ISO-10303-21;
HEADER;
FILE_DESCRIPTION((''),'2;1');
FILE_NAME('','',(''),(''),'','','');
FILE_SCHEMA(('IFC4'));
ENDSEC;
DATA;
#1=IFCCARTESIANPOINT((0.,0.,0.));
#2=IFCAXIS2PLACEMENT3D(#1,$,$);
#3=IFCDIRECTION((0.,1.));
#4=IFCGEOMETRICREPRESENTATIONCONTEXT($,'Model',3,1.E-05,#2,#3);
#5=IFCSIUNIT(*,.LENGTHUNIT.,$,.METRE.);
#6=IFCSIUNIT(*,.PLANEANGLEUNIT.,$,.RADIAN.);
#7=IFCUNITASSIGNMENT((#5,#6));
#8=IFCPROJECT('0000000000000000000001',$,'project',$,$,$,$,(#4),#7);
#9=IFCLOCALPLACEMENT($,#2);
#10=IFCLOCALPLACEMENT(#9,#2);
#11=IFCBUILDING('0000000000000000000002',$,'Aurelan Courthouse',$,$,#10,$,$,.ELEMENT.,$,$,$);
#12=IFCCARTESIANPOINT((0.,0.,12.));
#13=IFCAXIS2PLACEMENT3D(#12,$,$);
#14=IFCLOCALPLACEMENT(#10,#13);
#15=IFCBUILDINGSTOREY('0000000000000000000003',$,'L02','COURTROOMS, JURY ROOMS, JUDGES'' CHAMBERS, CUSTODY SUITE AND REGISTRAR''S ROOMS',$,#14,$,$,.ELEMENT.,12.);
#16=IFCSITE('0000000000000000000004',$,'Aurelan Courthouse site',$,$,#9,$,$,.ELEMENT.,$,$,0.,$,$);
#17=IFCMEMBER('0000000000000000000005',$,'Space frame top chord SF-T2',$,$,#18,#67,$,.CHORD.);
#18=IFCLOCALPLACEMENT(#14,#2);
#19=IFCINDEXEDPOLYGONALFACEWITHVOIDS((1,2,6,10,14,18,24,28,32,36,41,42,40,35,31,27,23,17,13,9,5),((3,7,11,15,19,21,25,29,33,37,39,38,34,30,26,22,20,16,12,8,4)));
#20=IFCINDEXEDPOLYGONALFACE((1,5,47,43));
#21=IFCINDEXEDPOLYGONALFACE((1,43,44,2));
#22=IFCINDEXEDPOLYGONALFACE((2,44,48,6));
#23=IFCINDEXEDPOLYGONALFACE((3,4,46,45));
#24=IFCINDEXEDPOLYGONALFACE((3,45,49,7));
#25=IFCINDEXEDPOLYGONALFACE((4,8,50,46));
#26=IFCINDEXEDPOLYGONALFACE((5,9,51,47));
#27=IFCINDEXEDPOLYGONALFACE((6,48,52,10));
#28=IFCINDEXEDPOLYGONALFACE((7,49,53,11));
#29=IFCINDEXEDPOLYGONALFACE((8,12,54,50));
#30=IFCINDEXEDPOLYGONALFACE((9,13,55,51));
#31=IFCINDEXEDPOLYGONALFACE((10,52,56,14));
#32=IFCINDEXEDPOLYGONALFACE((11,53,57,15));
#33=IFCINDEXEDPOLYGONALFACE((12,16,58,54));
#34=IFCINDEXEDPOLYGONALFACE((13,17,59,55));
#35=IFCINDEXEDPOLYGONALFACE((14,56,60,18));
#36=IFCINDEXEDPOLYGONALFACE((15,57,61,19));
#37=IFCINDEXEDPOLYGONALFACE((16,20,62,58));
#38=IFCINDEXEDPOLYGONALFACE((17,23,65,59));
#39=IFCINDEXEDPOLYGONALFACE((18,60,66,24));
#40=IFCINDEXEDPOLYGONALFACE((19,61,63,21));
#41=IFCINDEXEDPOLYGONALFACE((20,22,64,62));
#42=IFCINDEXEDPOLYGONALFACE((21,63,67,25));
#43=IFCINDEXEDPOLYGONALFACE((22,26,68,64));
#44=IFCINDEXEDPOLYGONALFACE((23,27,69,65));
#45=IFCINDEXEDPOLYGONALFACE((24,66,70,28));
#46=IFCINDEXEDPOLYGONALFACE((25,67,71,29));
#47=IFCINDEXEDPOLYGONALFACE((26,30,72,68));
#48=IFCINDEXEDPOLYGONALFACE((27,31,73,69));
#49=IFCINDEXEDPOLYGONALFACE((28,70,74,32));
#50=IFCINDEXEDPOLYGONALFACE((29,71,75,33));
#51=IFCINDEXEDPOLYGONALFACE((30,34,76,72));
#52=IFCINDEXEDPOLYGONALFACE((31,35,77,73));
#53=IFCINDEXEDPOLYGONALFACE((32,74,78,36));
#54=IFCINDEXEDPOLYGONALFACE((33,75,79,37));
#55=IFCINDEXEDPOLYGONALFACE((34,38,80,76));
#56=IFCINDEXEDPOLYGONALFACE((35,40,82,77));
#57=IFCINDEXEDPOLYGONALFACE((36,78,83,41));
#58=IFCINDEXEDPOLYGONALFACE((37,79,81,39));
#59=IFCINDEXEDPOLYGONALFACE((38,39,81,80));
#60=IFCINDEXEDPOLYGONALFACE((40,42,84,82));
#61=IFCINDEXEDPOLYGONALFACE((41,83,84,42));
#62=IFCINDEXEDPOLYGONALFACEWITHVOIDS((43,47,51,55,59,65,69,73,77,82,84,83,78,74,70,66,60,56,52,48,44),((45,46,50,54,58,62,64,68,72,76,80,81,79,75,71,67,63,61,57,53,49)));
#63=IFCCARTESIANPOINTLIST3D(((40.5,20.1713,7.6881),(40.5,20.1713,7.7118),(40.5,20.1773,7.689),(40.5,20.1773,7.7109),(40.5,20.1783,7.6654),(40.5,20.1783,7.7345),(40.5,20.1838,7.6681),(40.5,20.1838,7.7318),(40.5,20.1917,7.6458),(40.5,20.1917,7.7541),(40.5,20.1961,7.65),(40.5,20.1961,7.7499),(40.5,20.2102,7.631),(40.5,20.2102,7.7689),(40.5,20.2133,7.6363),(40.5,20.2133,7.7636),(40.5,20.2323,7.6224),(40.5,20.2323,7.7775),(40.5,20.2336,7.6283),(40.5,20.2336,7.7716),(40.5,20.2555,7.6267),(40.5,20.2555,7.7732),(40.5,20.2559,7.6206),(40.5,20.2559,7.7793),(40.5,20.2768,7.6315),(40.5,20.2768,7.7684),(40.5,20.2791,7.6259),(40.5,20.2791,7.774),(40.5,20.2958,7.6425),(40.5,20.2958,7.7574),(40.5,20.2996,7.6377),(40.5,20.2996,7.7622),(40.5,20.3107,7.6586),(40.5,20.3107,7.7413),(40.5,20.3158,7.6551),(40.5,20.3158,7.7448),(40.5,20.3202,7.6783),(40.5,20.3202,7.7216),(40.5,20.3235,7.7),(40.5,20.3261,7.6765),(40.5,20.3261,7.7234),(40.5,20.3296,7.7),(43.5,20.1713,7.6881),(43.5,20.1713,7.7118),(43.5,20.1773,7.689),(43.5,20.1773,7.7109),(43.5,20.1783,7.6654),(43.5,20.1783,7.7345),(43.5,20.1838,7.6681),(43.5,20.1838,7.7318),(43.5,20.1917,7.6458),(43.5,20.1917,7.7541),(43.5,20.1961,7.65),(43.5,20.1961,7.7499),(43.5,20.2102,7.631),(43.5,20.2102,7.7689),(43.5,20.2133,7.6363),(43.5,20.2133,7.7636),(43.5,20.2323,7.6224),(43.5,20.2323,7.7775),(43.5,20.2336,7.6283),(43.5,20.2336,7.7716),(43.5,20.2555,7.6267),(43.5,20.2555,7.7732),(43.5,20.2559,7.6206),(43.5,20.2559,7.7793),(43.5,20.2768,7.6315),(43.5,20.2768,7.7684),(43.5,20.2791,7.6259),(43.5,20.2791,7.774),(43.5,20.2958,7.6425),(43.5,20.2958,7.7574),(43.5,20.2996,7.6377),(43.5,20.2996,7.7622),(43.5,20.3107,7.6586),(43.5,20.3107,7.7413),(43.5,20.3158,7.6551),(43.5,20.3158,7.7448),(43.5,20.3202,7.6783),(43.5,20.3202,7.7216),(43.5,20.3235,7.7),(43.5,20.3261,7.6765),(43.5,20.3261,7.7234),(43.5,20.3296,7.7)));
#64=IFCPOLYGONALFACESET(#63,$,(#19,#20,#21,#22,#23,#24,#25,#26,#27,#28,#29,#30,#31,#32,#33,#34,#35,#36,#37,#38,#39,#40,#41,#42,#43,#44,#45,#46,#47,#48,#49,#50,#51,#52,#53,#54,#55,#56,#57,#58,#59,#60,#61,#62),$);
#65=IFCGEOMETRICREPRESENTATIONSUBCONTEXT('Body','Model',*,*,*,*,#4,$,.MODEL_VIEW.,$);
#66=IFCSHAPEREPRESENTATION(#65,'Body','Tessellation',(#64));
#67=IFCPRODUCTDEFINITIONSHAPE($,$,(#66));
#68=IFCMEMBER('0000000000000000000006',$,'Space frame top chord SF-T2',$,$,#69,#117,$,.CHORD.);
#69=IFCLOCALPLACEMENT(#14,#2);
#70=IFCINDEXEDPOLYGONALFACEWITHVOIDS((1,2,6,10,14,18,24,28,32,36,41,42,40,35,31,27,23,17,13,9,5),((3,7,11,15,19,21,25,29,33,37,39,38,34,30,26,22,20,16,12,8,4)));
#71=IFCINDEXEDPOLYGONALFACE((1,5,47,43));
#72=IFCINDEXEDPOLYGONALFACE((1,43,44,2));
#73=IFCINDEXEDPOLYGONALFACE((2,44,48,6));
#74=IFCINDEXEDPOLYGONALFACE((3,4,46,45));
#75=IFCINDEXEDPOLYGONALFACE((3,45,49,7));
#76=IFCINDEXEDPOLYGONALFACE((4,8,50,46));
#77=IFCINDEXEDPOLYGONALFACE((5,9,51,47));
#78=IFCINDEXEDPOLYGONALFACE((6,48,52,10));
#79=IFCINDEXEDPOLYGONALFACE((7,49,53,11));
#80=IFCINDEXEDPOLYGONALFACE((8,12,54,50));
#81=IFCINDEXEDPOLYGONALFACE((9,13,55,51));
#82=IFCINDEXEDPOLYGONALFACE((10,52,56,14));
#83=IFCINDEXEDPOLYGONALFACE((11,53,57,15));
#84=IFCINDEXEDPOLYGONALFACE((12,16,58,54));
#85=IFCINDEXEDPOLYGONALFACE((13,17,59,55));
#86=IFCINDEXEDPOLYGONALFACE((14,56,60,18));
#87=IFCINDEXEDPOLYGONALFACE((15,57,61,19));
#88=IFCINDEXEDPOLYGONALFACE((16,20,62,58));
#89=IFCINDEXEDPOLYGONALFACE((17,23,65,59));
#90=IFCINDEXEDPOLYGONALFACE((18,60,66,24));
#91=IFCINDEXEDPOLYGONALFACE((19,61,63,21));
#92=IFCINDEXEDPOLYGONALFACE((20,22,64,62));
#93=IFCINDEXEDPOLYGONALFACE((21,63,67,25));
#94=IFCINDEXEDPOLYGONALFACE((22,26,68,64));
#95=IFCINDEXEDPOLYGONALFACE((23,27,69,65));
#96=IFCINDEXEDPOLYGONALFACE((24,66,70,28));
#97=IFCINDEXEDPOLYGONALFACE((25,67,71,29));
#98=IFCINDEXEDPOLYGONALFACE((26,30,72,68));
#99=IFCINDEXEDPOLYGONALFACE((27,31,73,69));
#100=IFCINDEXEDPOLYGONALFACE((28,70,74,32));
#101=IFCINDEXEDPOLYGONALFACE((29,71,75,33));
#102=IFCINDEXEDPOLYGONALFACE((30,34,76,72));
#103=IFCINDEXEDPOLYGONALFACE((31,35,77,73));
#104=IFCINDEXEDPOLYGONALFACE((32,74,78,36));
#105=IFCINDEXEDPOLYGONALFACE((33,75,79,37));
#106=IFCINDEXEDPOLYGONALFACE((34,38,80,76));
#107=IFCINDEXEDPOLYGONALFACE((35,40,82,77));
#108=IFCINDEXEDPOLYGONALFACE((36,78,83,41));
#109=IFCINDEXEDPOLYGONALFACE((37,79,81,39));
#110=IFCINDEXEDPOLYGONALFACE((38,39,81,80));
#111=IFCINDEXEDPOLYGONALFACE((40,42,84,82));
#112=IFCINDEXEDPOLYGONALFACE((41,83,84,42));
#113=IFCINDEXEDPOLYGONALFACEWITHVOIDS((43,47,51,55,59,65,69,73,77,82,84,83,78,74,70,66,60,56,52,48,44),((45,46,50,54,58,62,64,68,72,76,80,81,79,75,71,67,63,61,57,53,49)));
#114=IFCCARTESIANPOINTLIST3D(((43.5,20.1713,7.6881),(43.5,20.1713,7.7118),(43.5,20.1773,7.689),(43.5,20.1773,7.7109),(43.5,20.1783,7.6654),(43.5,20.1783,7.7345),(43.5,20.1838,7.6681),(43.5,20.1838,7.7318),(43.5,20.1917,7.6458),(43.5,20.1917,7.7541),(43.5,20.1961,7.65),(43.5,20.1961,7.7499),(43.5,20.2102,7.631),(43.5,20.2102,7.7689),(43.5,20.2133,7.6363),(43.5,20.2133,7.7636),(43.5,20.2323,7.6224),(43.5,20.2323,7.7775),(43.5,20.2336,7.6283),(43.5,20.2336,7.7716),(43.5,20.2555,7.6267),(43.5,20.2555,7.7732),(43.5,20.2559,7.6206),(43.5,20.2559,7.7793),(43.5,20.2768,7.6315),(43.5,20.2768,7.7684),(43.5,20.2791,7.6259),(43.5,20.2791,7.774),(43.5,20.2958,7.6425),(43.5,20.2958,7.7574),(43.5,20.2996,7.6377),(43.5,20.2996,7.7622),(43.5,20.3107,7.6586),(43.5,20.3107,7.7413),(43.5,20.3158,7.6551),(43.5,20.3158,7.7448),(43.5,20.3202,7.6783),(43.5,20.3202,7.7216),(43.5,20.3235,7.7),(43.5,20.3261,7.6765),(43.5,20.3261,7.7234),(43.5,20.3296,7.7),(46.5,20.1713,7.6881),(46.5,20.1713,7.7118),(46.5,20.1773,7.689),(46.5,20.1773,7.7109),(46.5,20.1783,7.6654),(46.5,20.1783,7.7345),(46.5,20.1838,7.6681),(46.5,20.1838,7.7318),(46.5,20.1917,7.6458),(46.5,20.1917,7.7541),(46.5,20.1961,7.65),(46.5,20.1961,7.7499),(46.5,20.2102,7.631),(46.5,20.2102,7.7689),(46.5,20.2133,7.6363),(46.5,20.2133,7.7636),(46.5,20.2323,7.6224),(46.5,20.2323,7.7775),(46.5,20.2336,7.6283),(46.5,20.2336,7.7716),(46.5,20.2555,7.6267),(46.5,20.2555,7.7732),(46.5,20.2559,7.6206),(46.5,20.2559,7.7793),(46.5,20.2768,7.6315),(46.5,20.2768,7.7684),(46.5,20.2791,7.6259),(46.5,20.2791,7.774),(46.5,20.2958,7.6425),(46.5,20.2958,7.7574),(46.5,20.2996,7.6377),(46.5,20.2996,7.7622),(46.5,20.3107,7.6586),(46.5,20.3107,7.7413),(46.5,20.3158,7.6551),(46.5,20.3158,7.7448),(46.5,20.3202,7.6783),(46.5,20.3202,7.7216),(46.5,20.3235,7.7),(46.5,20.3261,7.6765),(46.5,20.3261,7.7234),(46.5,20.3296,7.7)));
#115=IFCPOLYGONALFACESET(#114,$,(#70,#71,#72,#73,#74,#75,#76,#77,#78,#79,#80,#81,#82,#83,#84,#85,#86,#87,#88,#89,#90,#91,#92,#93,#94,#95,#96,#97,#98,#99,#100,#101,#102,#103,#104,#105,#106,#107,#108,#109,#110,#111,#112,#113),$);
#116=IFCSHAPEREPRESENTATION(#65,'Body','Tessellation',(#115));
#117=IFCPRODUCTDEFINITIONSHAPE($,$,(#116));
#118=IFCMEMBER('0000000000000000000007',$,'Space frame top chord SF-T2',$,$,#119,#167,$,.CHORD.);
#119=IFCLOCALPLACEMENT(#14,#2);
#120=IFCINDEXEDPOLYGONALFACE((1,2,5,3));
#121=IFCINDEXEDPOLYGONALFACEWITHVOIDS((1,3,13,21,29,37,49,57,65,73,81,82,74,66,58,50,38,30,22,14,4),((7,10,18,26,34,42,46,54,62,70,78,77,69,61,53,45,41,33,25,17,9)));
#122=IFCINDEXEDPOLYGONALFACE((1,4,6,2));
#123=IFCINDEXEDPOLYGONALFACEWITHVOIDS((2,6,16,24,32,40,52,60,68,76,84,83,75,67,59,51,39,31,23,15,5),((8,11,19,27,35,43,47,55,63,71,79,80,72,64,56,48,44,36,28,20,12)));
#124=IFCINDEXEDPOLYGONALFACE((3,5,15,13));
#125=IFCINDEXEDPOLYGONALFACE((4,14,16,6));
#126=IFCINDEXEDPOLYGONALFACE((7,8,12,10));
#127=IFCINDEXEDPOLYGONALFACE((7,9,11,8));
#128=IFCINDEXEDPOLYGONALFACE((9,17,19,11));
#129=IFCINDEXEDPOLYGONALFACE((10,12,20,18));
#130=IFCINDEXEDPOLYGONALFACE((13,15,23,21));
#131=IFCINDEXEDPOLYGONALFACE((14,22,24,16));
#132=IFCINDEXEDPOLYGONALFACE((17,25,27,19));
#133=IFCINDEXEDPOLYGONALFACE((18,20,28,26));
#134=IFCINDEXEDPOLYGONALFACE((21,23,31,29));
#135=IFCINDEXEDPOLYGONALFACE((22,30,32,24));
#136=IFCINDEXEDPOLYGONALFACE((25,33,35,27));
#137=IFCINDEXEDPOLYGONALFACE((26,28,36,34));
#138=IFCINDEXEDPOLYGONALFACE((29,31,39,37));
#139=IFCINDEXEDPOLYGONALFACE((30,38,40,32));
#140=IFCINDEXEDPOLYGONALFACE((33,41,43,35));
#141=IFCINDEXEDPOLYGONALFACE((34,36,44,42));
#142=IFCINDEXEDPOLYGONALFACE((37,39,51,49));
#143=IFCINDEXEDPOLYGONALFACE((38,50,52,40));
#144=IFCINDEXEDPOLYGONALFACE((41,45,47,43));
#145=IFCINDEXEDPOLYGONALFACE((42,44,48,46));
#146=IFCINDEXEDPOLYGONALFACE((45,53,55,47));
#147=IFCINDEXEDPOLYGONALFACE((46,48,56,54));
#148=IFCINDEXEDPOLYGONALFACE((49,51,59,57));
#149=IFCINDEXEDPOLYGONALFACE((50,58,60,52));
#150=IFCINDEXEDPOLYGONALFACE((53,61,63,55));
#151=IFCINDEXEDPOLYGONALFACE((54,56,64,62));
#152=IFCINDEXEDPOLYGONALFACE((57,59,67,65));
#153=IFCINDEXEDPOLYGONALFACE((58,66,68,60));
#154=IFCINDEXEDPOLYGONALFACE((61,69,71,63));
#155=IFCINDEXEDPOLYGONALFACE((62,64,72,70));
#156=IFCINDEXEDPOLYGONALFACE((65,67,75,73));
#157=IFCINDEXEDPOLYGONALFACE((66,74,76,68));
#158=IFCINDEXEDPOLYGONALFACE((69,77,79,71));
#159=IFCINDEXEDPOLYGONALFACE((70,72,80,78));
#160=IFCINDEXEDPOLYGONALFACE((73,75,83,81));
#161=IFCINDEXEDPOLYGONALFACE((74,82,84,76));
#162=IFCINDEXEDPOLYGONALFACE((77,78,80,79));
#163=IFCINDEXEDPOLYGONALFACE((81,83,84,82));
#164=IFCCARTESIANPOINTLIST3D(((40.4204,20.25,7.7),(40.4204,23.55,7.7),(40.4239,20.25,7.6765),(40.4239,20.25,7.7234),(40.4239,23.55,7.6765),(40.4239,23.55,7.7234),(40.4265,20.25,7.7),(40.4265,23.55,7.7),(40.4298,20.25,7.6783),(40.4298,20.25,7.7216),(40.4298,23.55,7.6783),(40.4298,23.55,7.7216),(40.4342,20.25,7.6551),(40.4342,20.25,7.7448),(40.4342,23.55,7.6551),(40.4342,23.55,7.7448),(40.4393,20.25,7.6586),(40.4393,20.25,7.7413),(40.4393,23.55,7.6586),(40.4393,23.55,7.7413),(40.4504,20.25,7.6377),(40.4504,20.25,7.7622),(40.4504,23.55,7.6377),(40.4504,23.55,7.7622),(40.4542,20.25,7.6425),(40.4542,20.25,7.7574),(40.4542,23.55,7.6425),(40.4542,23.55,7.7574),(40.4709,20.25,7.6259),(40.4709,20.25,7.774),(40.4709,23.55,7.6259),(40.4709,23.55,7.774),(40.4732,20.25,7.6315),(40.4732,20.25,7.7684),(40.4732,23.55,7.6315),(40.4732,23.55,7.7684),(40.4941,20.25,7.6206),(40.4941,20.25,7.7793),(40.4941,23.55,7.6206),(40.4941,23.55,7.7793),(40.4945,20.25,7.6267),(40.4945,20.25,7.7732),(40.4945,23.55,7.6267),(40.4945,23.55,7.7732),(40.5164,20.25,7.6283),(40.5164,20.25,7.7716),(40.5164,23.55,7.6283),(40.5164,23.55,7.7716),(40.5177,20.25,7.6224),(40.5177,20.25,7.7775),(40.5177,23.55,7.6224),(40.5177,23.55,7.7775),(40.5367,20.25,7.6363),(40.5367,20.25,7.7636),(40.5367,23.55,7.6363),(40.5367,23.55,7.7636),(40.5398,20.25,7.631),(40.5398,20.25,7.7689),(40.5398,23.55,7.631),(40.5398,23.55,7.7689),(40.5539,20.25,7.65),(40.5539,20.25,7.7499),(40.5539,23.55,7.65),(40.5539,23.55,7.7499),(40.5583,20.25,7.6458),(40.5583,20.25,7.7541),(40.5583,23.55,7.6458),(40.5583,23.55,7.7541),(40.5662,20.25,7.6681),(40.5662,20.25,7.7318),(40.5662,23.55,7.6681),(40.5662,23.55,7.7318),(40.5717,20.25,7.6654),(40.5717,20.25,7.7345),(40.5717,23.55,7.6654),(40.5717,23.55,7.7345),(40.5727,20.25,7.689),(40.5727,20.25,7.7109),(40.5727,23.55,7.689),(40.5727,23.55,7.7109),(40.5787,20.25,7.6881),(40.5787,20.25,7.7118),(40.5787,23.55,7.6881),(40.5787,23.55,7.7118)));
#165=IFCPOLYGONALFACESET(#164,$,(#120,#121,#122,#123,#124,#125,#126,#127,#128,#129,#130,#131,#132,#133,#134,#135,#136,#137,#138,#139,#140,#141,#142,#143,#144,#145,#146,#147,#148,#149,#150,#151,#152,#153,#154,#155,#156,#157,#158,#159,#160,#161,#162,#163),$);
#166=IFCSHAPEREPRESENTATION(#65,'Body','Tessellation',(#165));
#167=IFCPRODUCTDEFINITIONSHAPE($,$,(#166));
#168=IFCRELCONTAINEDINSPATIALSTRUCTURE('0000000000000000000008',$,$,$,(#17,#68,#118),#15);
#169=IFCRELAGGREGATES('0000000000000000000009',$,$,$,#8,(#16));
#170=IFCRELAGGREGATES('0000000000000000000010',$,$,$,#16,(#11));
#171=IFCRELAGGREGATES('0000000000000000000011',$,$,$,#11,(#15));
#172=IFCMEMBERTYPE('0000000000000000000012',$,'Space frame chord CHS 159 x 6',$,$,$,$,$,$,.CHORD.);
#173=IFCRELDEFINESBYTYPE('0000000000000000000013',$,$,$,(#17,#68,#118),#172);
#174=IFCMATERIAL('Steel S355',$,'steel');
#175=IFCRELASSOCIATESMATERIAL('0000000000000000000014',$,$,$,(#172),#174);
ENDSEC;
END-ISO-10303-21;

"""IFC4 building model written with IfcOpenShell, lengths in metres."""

from ifc_helpers import new_model, si_unit, direction, frame, origin, origin_2d, place, context, subcontext, project, spatial, hollow_circle, extrude, material, material_profile, profile_set, type_object, element, save


model = new_model("IFC4")

# Units and contexts
model_context = context("Model", 3, precision=1e-05, world=origin(), true_north=direction((0.0, 1.0)))
body_context = subcontext(model_context, "Body", "Model", "MODEL_VIEW")
ifc_project = project(units=[si_unit("LENGTHUNIT", "METRE"), si_unit("PLANEANGLEUNIT", "RADIAN")], contexts=[model_context])

# Site, building, storey
site_placement = place(None, origin())
site = spatial("IfcSite", under=ifc_project, at=site_placement, Name="Aurelan Courthouse site", CompositionType="ELEMENT", RefElevation=0.0)
building_placement = place(site_placement, origin())
building = spatial("IfcBuilding", under=site, at=building_placement, Name="Aurelan Courthouse", CompositionType="ELEMENT")
storey_placement = place(building_placement, frame((0.0, 0.0, 12.0)))
storey = spatial("IfcBuildingStorey", under=building, at=storey_placement, Name="L02", Description="COURTROOMS, JURY ROOMS, JUDGES' CHAMBERS, CUSTODY SUITE AND REGISTRAR'S ROOMS", CompositionType="ELEMENT", Elevation=12.0)

# Members
ifc_material = material(Name="Steel S355", Category="steel")
ifc_material_profile_1 = material_profile(ifc_material, hollow_circle(Radius=0.0796, WallThickness=0.0061, at=origin_2d()), Name="CHS 159 x 6")
ifc_profile_set_1 = profile_set([ifc_material_profile_1], Name="Steel S355")
member_type_1 = type_object("IfcMemberType", Name="Space frame chord CHS 159 x 6", PredefinedType="CHORD", material=ifc_profile_set_1)
for number, where, z_axis, x_axis, name in (
    (1, (40.5, 20.25, 7.7), (1.0, 0.0, 0.0), (0.0, 1.0, 0.0), "Space frame top chord SF-T2"),
    (2, (43.5, 20.25, 7.7), (1.0, 0.0, 0.0), (0.0, 1.0, 0.0), "Space frame top chord SF-T2"),
):
    element("IfcMember", number, at=place(storey_placement, frame(where, z_axis=z_axis, x_axis=x_axis)), inside=storey, type_object=member_type_1, Name=name, PredefinedType="CHORD", context=body_context, shape_type="SweptSolid", body=[
        extrude(hollow_circle(Radius=0.0796, WallThickness=0.0061, at=origin_2d()), origin(), (0.0, 0.0, 1.0), 3.0),
    ])
for number, where, z_axis, x_axis, name in (
    (3, (40.5, 20.25, 7.7), (0.0, 1.0, 0.0), (-1.0, 0.0, 0.0), "Space frame top chord SF-T2"),
):
    element("IfcMember", number, at=place(storey_placement, frame(where, z_axis=z_axis, x_axis=x_axis)), inside=storey, type_object=member_type_1, Name=name, PredefinedType="CHORD", context=body_context, shape_type="SweptSolid", body=[
        extrude(hollow_circle(Radius=0.0796, WallThickness=0.0061, at=origin_2d()), origin(), (0.0, 0.0, 1.0), 3.3),
    ])

save(model, "model.ifc")
